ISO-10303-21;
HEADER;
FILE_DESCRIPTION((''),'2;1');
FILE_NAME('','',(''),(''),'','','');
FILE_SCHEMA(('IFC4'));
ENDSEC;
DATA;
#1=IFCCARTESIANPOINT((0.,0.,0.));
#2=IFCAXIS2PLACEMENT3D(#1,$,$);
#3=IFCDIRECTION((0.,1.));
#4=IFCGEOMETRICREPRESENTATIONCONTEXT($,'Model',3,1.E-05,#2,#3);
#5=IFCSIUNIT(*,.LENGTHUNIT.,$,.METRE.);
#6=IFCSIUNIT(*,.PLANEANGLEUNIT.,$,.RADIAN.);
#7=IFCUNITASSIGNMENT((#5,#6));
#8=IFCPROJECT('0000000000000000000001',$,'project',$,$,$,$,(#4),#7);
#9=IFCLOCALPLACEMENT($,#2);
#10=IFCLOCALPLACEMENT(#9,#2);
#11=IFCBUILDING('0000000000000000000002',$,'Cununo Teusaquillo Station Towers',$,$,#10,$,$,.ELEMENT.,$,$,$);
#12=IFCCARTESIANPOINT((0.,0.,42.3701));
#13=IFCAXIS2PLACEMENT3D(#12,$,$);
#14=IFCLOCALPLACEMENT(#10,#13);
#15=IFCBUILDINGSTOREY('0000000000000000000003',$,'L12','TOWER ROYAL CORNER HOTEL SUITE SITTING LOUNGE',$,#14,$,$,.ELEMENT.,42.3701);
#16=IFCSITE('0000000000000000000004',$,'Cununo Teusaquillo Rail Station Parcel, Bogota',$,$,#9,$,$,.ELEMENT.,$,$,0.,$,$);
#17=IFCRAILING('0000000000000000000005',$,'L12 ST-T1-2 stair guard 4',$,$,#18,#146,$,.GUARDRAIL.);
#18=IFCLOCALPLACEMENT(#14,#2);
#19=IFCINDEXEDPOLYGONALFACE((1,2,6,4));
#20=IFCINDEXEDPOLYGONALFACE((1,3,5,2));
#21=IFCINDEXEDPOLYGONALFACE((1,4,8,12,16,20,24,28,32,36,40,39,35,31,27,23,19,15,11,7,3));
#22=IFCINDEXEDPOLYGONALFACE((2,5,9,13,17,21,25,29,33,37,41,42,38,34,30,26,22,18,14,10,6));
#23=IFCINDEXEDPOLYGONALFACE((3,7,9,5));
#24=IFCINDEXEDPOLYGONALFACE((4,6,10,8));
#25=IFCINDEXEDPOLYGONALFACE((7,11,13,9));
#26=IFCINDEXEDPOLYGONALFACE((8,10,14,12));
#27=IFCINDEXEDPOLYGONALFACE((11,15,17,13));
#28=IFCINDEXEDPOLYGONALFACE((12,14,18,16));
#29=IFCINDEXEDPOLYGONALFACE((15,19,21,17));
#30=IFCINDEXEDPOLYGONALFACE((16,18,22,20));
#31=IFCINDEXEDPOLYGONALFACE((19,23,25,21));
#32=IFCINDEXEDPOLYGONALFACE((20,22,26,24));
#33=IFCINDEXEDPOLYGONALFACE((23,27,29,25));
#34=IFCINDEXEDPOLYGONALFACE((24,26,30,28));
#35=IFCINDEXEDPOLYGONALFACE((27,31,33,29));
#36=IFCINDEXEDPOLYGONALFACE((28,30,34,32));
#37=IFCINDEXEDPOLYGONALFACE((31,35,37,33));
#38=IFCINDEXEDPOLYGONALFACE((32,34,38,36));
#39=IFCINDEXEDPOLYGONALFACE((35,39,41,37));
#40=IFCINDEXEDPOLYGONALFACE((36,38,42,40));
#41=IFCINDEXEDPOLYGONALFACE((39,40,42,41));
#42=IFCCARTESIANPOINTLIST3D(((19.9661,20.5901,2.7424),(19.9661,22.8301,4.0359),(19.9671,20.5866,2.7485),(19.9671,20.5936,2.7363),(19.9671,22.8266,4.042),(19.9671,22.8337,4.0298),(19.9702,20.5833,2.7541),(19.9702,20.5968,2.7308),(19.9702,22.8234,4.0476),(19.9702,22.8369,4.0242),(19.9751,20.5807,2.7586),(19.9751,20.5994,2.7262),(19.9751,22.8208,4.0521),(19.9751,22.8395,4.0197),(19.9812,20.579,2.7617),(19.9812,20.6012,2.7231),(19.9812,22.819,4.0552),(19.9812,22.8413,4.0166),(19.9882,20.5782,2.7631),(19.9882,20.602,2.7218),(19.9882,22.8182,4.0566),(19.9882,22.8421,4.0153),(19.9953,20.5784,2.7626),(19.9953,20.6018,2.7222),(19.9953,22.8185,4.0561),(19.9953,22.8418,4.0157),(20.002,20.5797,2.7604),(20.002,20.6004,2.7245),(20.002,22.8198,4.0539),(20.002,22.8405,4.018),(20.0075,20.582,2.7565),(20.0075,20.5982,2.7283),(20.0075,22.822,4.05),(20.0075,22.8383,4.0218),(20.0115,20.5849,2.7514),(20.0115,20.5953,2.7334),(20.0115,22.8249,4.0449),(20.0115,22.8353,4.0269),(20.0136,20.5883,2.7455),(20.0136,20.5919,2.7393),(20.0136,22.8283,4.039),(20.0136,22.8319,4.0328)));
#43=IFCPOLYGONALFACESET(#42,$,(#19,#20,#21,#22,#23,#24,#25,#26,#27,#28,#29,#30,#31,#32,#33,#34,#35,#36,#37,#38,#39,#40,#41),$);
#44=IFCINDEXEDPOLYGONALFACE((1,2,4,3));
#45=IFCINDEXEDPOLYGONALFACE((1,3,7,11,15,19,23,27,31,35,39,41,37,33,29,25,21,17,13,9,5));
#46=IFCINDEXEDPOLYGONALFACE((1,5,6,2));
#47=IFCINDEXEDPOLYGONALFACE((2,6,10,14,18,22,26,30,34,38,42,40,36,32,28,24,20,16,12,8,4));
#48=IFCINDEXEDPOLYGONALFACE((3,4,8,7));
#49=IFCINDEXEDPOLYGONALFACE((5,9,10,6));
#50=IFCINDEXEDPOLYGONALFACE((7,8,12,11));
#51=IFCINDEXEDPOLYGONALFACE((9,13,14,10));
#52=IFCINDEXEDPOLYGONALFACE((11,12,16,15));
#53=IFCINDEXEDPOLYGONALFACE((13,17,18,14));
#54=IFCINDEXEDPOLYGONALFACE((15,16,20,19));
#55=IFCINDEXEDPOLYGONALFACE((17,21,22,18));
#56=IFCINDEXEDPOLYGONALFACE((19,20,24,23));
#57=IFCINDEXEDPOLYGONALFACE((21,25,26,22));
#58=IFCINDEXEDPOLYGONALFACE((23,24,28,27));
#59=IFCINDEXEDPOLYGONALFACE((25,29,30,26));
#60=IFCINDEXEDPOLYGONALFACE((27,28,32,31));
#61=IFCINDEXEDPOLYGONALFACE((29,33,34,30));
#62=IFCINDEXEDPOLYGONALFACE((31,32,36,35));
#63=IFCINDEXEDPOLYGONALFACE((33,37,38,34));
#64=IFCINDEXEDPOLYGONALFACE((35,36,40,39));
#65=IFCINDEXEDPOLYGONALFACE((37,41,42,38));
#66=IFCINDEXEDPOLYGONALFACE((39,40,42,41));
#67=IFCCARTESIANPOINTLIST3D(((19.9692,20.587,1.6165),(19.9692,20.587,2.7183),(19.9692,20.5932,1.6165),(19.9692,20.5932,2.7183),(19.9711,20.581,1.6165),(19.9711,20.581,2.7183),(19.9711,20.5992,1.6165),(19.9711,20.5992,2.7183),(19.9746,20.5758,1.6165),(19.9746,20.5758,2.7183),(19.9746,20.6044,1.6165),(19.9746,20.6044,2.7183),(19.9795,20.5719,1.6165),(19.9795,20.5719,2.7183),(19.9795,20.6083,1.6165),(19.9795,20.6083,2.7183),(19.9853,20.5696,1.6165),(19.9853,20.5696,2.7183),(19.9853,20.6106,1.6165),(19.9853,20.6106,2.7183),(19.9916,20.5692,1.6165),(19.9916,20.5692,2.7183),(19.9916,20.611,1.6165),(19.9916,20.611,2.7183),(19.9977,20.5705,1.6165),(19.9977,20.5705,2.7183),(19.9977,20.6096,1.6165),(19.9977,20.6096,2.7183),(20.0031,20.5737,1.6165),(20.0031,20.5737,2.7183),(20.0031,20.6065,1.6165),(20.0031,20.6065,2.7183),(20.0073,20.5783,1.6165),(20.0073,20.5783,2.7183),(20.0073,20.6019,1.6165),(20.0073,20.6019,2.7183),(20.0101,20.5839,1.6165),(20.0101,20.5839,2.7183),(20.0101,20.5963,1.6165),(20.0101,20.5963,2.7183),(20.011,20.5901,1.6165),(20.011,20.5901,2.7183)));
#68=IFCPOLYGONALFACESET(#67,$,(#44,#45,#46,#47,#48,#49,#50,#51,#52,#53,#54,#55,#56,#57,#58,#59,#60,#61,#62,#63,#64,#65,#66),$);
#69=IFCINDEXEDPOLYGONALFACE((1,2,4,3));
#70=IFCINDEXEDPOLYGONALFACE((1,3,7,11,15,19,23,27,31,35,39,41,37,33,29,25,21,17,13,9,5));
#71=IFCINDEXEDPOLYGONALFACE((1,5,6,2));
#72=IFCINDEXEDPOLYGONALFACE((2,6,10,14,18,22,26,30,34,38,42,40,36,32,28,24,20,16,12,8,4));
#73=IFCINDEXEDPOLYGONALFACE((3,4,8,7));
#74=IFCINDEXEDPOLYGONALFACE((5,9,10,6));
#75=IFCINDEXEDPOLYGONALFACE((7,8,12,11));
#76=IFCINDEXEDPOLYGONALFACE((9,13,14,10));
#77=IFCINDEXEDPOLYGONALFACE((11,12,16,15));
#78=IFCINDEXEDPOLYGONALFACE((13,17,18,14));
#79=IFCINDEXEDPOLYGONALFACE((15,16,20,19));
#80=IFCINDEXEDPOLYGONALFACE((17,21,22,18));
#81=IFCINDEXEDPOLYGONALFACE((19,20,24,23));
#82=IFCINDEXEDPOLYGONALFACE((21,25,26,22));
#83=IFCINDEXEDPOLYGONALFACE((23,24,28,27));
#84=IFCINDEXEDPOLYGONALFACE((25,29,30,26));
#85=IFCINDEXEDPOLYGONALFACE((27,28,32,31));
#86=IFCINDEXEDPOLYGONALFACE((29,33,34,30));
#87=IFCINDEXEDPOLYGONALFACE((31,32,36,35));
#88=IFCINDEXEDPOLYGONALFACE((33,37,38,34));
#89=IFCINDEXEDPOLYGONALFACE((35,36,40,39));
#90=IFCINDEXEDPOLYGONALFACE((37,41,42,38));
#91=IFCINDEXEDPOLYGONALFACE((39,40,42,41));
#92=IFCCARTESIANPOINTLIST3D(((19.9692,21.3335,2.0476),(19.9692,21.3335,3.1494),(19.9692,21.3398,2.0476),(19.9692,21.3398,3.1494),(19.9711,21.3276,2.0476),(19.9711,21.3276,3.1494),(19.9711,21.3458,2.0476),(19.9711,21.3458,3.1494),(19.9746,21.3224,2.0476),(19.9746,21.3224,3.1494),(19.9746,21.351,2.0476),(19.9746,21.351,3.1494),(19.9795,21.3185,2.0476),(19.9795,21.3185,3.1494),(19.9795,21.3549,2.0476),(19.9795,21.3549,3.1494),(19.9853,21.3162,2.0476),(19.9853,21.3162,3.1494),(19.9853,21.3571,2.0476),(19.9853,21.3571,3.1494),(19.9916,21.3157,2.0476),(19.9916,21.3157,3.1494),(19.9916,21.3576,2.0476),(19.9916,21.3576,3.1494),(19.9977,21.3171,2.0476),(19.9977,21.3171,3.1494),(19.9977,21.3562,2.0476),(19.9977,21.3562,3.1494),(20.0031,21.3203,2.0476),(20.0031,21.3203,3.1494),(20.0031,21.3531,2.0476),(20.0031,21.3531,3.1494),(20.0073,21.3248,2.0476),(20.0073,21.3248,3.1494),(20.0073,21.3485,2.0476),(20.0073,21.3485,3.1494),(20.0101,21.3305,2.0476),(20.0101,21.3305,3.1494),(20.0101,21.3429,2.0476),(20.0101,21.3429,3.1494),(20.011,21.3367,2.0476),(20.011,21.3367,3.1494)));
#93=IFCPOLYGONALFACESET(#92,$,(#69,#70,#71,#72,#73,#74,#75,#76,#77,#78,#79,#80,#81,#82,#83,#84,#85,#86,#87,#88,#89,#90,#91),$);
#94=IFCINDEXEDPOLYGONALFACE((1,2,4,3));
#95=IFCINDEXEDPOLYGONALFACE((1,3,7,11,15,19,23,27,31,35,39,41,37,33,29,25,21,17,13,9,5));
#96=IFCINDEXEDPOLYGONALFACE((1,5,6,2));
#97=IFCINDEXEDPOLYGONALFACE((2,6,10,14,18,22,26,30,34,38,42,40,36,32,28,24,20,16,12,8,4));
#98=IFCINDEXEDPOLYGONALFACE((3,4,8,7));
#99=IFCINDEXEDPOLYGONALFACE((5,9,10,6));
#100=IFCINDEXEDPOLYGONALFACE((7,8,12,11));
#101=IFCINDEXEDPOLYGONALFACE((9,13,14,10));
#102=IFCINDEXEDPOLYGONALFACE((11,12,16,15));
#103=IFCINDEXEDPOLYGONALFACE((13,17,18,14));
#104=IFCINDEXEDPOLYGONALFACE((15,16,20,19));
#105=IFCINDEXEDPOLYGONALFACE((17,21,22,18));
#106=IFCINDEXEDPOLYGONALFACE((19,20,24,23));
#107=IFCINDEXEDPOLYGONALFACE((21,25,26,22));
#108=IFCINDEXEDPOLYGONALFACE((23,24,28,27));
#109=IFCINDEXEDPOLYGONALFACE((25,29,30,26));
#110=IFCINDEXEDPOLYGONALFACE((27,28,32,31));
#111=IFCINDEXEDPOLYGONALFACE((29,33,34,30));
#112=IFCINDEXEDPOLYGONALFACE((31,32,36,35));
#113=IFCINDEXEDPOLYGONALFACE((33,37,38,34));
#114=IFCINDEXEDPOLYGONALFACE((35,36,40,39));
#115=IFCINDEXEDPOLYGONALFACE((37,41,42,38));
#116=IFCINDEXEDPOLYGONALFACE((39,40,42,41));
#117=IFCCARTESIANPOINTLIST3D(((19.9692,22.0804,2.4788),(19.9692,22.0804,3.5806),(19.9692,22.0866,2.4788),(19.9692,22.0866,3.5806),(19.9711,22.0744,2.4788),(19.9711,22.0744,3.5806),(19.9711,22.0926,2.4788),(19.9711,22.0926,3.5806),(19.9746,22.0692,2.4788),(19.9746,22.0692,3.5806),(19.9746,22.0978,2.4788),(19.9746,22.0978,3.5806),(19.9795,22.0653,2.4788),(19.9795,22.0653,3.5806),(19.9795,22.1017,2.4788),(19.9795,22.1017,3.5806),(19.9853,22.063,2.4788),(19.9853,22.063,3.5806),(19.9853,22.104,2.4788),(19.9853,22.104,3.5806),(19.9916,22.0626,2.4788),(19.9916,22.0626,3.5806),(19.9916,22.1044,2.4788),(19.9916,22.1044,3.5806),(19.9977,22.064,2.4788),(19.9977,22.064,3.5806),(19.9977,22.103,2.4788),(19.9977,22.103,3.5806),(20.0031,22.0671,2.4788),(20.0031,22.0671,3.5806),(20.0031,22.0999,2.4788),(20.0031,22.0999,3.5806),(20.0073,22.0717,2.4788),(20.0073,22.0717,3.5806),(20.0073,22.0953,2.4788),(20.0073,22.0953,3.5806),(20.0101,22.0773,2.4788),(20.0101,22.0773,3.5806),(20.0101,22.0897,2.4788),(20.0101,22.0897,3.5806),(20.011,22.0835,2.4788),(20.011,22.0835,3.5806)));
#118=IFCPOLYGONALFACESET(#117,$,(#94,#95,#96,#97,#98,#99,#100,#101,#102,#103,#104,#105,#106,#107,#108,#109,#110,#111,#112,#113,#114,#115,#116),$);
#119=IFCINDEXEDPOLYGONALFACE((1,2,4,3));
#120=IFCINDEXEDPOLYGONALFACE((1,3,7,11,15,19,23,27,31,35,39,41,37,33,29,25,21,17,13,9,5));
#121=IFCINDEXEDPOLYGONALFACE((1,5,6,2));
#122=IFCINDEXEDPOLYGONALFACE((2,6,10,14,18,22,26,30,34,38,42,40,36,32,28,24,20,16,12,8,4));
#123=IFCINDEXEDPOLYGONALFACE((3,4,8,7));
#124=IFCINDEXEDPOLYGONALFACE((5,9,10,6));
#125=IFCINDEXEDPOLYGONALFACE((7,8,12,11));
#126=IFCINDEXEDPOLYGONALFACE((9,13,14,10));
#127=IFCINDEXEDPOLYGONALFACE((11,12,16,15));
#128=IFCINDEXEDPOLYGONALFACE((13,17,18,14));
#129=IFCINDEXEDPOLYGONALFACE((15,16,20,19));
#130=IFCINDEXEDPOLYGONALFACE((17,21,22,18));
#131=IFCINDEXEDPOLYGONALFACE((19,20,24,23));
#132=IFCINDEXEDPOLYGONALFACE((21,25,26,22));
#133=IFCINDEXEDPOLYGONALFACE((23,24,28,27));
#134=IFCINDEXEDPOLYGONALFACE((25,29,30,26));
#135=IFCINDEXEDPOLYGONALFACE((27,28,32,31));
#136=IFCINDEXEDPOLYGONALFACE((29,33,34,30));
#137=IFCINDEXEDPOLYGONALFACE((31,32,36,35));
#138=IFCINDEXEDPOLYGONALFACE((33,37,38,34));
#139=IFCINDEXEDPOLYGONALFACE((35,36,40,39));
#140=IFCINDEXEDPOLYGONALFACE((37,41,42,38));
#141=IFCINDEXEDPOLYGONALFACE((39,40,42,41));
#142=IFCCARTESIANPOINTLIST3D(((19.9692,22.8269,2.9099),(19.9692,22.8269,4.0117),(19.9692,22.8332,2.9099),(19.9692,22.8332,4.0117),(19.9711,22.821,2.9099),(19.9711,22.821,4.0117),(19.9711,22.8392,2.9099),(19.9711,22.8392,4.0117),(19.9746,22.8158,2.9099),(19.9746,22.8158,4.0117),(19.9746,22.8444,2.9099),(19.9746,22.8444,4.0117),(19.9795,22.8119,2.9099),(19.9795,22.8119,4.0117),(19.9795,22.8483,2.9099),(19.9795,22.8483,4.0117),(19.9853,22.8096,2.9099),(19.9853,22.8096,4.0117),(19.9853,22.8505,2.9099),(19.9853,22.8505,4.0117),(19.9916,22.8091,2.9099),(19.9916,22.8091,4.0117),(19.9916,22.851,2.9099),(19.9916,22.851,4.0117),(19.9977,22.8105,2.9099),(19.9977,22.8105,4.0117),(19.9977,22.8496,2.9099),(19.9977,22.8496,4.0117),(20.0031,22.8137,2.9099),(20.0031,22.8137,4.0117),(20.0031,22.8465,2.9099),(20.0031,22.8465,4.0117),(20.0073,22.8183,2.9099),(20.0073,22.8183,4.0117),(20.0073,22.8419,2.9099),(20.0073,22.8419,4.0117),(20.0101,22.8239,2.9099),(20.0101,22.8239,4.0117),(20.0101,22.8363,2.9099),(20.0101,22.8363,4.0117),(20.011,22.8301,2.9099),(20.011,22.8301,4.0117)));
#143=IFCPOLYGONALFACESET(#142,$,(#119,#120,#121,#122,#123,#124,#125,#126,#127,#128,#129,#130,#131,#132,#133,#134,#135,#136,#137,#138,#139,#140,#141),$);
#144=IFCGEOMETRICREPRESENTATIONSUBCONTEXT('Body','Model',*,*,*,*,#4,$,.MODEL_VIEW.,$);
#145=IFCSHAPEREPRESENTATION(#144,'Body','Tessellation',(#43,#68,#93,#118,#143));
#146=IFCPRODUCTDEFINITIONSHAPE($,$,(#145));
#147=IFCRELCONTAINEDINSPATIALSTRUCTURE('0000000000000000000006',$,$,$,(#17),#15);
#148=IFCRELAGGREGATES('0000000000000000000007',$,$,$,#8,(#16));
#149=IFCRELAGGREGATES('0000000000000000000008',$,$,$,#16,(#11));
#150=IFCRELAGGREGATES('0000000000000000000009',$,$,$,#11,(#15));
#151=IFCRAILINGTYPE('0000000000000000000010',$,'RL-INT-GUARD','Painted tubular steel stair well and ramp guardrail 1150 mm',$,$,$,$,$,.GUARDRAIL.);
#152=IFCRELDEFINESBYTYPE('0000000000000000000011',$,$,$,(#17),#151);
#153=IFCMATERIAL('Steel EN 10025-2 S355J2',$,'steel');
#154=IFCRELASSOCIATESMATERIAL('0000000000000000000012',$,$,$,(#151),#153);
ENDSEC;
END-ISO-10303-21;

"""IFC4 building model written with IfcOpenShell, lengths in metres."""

from ifc_helpers import new_model, si_unit, direction, frame, origin, origin_2d, place, context, subcontext, project, spatial, circle, extrude, material, type_object, element, save


model = new_model("IFC4")

# Units and contexts
model_context = context("Model", 3, precision=1e-05, world=origin(), true_north=direction((0.0, 1.0)))
body_context = subcontext(model_context, "Body", "Model", "MODEL_VIEW")
ifc_project = project(units=[si_unit("LENGTHUNIT", "METRE"), si_unit("PLANEANGLEUNIT", "RADIAN")], contexts=[model_context])

# Site, building, storey
site_placement = place(None, origin())
site = spatial("IfcSite", under=ifc_project, at=site_placement, Name="Cununo Teusaquillo Rail Station Parcel, Bogota", CompositionType="ELEMENT", RefElevation=0.0)
building_placement = place(site_placement, origin())
building = spatial("IfcBuilding", under=site, at=building_placement, Name="Cununo Teusaquillo Station Towers", CompositionType="ELEMENT")
storey_placement = place(building_placement, frame((0.0, 0.0, 42.3701)))
storey = spatial("IfcBuildingStorey", under=building, at=storey_placement, Name="L12", Description="TOWER ROYAL CORNER HOTEL SUITE SITTING LOUNGE", CompositionType="ELEMENT", Elevation=42.3701)

# Railing
ifc_material_1 = material(Name="Steel EN 10025-2 S355J2", Category="steel")
railing_type_1 = type_object("IfcRailingType", Name="RL-INT-GUARD", Description="Painted tubular steel stair well and ramp guardrail 1150 mm", PredefinedType="GUARDRAIL", material=ifc_material_1)
railing_1_placement = place(storey_placement, frame((19.99, 20.5901, 1.6165)))
element("IfcRailing", 1, at=railing_1_placement, inside=storey, type_object=railing_type_1, Name="L12 ST-T1-2 stair guard 4", PredefinedType="GUARDRAIL", context=body_context, shape_type="SweptSolid", body=[
    extrude(circle(Radius=0.0239, at=origin_2d()), frame((0.0, 0.0, 1.126), z_axis=(0.0, 0.865992, 0.500057), x_axis=(-1.0, 0.0, 0.0)), (0.0, 0.0, 1.0), 2.5867),
    extrude(circle(Radius=0.021, at=origin_2d()), origin(), (0.0, 0.0, 1.0), 1.1018),
    extrude(circle(Radius=0.021, at=origin_2d()), frame((0.0, 0.7466, 0.4312)), (0.0, 0.0, 1.0), 1.1018),
    extrude(circle(Radius=0.021, at=origin_2d()), frame((0.0, 1.4934, 0.8623)), (0.0, 0.0, 1.0), 1.1018),
    extrude(circle(Radius=0.021, at=origin_2d()), frame((0.0, 2.24, 1.2935)), (0.0, 0.0, 1.0), 1.1018),
])

save(model, "model.ifc")
